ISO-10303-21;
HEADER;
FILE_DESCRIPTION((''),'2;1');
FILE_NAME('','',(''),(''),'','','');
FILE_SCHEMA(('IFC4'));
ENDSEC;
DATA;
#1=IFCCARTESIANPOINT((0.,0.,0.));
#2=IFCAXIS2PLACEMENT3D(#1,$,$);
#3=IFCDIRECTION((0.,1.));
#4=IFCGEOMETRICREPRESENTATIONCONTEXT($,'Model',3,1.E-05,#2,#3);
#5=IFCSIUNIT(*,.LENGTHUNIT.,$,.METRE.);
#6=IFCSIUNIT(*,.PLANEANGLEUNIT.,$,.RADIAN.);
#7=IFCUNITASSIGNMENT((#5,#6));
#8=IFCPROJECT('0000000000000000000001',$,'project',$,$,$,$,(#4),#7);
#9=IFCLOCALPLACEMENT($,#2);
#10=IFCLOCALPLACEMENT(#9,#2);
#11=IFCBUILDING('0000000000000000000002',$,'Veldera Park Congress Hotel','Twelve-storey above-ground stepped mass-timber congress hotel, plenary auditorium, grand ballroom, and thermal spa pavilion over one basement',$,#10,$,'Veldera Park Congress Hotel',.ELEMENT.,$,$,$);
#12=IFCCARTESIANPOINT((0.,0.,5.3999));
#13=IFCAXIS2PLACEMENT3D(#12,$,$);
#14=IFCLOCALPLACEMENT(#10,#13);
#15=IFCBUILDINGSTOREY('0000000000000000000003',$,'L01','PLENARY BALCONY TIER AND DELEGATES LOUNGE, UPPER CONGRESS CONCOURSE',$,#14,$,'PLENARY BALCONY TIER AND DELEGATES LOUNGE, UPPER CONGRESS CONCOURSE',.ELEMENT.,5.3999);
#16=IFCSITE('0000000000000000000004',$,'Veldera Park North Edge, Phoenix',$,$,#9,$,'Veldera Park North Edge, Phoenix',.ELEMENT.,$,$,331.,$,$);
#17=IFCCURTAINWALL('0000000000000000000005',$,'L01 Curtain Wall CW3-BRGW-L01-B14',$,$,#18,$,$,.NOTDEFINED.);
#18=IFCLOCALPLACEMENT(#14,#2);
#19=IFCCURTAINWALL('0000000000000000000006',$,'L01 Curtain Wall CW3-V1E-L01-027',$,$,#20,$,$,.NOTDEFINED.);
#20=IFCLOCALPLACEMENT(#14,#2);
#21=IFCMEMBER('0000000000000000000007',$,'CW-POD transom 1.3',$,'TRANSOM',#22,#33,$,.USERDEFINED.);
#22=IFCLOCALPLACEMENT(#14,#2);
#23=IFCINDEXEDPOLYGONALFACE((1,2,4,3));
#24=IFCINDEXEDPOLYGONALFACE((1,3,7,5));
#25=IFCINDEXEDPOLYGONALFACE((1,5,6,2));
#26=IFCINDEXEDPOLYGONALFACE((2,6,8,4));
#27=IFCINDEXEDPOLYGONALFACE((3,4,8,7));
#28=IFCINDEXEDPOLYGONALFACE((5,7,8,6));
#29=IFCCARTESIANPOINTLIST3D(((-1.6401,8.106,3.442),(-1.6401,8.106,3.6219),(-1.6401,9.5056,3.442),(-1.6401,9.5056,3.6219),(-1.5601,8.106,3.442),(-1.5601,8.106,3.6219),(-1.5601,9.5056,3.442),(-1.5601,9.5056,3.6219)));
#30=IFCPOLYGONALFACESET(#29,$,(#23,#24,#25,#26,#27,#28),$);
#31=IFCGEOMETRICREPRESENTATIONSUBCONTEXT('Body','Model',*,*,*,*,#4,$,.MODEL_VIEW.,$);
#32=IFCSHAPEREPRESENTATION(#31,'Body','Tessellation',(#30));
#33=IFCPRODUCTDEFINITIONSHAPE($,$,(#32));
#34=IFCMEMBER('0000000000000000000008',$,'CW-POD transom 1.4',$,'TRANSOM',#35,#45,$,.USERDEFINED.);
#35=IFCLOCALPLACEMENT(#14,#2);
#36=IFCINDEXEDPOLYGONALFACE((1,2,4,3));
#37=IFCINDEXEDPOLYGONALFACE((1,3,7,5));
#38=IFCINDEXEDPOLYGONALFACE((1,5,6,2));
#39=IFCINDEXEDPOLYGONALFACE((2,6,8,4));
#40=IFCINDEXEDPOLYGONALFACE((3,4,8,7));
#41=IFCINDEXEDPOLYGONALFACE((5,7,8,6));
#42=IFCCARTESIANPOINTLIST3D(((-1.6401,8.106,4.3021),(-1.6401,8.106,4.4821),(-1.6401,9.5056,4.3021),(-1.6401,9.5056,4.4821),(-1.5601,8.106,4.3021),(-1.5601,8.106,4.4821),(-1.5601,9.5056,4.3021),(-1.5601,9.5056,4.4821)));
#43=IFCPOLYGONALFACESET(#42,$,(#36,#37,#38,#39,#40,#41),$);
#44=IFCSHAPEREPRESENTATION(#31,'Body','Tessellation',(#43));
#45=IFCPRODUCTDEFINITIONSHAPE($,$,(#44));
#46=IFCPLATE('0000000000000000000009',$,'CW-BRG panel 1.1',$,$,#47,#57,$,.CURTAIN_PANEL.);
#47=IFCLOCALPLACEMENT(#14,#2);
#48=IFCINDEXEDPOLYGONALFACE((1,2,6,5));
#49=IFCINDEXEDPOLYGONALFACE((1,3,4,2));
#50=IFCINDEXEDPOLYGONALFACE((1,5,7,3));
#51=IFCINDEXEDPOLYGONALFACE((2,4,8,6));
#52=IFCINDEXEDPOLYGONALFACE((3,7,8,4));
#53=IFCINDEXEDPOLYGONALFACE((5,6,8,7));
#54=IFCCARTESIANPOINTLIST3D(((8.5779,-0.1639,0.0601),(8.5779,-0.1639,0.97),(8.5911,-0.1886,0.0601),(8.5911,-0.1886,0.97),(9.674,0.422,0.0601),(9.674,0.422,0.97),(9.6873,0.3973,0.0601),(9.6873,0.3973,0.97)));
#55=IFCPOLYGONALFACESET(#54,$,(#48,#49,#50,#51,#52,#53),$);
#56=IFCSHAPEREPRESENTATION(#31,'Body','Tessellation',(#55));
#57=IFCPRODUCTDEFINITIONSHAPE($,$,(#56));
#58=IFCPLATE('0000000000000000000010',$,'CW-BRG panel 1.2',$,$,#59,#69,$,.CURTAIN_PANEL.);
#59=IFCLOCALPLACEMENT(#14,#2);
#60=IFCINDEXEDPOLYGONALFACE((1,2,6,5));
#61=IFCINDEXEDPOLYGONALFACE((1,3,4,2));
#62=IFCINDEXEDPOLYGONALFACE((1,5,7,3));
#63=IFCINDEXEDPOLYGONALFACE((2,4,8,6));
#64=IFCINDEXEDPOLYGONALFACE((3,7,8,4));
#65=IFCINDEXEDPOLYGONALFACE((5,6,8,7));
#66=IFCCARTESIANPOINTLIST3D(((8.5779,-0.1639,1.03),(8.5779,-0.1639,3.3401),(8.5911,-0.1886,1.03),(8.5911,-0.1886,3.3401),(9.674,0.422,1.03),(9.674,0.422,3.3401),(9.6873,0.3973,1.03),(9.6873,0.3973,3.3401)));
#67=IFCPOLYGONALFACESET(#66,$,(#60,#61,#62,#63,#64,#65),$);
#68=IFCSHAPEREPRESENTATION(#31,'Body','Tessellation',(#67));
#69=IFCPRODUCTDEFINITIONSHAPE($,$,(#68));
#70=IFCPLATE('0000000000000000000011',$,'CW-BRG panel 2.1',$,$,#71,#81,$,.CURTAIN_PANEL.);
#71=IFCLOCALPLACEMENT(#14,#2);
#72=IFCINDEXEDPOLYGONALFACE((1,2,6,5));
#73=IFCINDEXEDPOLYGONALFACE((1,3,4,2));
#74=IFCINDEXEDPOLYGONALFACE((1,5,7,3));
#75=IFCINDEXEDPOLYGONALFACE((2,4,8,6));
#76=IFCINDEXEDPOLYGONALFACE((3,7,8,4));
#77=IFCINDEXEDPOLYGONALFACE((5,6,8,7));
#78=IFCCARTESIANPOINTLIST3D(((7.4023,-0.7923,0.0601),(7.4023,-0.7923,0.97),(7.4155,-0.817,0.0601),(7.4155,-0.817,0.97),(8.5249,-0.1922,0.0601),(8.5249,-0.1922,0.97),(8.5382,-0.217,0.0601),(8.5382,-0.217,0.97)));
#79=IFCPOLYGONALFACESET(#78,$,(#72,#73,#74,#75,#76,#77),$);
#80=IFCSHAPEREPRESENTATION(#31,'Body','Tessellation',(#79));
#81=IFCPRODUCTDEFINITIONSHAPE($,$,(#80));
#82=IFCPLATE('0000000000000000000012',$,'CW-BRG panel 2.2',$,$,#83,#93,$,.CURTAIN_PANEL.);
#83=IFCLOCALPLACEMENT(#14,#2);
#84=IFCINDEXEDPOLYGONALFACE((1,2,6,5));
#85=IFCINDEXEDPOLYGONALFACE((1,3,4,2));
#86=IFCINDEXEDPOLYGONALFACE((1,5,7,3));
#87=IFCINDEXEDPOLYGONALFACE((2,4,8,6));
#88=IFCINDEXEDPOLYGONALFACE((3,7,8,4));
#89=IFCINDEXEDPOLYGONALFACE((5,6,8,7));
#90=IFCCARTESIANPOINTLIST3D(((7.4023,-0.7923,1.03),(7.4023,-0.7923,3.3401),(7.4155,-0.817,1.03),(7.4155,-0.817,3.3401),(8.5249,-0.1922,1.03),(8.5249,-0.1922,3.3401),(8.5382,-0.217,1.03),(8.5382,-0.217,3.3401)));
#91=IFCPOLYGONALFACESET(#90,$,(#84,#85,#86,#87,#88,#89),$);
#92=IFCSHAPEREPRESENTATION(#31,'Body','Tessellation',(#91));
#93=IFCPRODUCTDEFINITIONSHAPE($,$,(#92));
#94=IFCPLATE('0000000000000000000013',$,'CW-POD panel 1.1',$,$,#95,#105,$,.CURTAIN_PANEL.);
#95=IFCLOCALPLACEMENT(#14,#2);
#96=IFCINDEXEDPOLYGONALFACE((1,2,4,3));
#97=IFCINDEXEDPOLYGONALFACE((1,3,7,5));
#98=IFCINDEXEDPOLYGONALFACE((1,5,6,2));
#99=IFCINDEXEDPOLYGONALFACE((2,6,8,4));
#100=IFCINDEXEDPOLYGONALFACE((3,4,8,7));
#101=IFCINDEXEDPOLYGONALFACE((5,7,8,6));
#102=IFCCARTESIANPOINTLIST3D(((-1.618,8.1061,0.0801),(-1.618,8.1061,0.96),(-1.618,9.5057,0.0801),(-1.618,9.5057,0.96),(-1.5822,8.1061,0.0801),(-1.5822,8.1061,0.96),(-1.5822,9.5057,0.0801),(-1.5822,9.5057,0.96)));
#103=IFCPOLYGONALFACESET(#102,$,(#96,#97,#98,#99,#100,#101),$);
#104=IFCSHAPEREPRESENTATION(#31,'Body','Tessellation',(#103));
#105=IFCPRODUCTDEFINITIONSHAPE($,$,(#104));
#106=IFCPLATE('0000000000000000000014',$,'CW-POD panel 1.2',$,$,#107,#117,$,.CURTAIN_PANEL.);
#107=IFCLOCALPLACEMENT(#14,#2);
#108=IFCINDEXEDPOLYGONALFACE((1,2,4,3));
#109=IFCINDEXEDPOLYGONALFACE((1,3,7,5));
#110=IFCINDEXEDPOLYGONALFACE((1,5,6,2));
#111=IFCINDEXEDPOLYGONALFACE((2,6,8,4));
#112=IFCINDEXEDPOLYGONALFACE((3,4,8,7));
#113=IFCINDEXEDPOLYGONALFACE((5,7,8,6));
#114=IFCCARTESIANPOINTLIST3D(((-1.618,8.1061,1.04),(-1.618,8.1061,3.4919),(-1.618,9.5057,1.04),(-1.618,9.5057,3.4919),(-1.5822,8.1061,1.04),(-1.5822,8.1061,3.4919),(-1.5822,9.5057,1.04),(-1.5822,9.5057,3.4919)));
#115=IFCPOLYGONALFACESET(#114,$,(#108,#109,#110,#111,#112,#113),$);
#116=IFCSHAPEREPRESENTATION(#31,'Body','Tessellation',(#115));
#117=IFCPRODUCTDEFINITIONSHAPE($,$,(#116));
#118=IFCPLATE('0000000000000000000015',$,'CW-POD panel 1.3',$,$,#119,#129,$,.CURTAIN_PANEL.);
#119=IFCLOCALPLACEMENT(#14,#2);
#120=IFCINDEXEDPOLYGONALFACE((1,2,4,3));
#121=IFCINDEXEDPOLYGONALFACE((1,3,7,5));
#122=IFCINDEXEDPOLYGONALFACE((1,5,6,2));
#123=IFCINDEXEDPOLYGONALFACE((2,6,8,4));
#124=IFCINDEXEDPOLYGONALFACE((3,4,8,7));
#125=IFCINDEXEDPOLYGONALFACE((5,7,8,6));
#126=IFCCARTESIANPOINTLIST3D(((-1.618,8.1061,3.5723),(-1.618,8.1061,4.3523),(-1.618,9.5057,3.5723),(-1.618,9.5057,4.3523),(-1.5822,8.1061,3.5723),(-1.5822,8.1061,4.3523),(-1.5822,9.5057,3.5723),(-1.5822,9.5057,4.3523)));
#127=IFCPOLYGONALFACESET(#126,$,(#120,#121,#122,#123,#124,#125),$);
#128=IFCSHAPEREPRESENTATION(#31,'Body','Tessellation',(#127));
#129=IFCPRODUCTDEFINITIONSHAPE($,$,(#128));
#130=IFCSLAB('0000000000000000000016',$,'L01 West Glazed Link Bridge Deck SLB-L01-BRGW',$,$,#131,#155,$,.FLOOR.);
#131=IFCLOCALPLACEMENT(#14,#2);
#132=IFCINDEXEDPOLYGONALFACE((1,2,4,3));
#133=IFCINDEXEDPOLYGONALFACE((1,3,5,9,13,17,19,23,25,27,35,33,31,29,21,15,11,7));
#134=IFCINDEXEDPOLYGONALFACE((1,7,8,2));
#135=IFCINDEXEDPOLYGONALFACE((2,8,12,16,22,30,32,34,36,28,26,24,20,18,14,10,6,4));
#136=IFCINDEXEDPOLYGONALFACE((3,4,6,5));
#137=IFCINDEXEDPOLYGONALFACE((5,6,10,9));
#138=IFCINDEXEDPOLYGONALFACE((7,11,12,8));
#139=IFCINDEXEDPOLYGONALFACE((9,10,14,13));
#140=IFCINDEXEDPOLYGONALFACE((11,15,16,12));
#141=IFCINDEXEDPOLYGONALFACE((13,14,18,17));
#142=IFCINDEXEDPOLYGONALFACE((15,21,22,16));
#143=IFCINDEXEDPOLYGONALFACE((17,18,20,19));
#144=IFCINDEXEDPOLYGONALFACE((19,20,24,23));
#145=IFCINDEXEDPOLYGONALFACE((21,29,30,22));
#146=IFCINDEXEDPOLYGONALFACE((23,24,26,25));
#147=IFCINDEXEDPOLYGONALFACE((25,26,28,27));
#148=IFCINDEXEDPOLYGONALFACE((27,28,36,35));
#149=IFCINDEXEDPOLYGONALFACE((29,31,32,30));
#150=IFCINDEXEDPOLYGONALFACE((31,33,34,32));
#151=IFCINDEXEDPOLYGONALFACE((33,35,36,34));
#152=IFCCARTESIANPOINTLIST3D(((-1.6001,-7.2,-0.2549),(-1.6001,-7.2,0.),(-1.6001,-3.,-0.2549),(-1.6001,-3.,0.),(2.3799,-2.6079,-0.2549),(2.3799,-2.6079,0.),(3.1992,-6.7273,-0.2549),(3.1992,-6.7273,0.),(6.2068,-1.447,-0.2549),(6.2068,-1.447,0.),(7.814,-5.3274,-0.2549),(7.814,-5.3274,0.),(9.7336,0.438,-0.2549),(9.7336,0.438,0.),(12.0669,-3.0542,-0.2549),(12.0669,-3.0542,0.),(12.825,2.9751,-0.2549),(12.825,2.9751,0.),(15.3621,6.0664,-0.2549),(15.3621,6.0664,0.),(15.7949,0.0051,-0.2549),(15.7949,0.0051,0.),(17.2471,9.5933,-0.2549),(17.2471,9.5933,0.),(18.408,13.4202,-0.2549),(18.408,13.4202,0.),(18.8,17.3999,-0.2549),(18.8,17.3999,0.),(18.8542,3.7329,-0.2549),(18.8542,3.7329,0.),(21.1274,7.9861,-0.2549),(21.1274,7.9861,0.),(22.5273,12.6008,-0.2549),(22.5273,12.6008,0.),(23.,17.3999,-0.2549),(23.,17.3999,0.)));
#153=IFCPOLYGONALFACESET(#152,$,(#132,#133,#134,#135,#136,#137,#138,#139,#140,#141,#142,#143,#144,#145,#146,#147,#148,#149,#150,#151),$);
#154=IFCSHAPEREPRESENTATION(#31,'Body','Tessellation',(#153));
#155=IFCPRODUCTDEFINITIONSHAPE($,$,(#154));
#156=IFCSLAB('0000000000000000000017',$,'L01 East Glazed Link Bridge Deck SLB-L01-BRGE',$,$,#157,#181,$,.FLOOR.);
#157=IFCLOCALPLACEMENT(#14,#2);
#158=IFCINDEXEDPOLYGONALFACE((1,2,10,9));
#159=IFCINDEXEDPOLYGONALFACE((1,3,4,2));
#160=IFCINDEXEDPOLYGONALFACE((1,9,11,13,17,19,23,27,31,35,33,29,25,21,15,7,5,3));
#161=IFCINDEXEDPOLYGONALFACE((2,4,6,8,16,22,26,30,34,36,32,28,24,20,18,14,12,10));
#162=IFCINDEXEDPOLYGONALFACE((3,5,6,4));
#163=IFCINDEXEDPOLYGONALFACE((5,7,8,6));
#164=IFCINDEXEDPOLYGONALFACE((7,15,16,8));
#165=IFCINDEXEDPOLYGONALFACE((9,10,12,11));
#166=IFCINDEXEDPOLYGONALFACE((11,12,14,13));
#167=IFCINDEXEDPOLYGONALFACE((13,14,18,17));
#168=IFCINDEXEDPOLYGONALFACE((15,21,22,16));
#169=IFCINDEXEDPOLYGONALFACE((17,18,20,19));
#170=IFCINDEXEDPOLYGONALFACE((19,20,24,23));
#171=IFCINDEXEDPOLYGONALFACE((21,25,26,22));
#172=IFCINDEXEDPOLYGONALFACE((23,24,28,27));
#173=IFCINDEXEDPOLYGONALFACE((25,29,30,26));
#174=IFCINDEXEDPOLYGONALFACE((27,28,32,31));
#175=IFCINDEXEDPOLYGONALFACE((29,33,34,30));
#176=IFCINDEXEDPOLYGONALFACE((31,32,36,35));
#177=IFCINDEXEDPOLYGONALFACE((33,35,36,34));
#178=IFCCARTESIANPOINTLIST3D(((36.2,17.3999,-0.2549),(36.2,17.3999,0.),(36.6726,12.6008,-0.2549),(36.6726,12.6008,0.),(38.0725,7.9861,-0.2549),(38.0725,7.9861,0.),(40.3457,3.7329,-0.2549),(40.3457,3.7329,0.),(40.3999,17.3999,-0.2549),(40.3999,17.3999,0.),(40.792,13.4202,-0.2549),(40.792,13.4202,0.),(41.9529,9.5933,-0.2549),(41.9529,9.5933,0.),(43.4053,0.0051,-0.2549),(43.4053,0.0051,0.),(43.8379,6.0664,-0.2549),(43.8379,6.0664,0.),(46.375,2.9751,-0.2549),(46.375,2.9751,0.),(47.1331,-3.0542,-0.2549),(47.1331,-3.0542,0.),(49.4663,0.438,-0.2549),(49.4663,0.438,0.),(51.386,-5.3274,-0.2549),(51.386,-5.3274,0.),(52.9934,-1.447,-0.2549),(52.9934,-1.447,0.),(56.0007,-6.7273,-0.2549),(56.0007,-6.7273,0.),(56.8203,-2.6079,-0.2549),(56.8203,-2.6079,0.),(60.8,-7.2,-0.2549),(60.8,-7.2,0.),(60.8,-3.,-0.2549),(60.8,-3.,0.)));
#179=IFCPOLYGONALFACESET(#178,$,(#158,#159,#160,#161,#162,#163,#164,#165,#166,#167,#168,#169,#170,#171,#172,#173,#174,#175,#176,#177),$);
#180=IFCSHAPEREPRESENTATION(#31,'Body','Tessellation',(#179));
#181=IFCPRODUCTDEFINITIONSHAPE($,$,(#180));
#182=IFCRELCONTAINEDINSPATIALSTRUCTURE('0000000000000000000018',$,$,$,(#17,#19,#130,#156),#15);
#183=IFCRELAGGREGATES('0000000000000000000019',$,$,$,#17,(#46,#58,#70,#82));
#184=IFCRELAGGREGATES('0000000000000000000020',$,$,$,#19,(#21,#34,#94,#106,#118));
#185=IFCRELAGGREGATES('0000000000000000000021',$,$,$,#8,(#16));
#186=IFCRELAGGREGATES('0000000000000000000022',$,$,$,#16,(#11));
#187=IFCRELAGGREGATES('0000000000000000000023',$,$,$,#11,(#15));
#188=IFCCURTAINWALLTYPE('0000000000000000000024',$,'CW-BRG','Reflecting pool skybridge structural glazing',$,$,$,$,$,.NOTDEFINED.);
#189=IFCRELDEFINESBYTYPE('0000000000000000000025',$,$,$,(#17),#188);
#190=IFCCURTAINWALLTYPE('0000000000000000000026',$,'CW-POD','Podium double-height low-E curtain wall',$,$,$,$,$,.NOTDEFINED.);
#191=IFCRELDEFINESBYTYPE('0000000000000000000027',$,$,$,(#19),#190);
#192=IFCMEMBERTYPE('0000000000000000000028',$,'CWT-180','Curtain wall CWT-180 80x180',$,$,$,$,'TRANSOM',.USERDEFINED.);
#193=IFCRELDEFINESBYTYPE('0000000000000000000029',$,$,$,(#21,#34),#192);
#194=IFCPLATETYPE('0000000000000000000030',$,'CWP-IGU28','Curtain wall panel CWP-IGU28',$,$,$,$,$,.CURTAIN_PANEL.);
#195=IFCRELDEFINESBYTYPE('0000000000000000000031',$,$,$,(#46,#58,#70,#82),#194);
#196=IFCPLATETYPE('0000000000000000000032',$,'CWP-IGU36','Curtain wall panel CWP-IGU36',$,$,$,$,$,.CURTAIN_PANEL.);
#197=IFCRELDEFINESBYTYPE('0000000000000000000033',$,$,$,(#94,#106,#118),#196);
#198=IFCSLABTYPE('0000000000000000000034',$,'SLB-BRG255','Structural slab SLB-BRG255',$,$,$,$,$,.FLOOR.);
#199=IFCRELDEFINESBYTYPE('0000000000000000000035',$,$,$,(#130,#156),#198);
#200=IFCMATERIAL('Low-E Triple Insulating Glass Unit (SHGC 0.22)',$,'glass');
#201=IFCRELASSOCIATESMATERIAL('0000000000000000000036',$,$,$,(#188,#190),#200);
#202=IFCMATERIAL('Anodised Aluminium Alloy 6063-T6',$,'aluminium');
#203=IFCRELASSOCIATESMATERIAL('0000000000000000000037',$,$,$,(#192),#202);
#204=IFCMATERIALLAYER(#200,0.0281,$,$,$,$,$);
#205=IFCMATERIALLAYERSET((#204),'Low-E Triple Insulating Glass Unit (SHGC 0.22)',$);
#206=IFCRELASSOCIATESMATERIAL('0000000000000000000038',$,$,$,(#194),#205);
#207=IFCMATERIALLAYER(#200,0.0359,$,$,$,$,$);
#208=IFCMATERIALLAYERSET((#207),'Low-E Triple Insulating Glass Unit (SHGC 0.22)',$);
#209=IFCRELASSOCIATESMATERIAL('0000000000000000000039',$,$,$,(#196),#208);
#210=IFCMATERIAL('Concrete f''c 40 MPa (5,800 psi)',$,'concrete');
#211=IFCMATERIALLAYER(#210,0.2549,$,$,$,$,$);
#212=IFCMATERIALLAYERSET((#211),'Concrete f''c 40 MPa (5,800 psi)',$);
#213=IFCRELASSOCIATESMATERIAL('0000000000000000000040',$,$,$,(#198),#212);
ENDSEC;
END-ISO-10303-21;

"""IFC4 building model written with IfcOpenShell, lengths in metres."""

from ifc_helpers import new_model, si_unit, direction, frame, origin, origin_2d, place, context, subcontext, project, spatial, polyline, rectangle, outline, extrude, material, layer, layer_set, material_profile, profile_set, type_object, element, aggregate, save


model = new_model("IFC4")

# Units and contexts
model_context = context("Model", 3, precision=1e-05, world=origin(), true_north=direction((0.0, 1.0)))
body_context = subcontext(model_context, "Body", "Model", "MODEL_VIEW")
ifc_project = project(units=[si_unit("LENGTHUNIT", "METRE"), si_unit("PLANEANGLEUNIT", "RADIAN")], contexts=[model_context])

# Site, building, storey
site_placement = place(None, origin())
site = spatial("IfcSite", under=ifc_project, at=site_placement, Name="Veldera Park North Edge, Phoenix", LongName="Veldera Park North Edge, Phoenix", CompositionType="ELEMENT", RefElevation=331.0)
building_placement = place(site_placement, origin())
building = spatial("IfcBuilding", under=site, at=building_placement, Name="Veldera Park Congress Hotel", Description="Twelve-storey above-ground stepped mass-timber congress hotel, plenary auditorium, grand ballroom, and thermal spa pavilion over one basement", LongName="Veldera Park Congress Hotel", CompositionType="ELEMENT")
storey_placement = place(building_placement, frame((0.0, 0.0, 5.3999)))
storey = spatial("IfcBuildingStorey", under=building, at=storey_placement, Name="L01", Description="PLENARY BALCONY TIER AND DELEGATES LOUNGE, UPPER CONGRESS CONCOURSE", LongName="PLENARY BALCONY TIER AND DELEGATES LOUNGE, UPPER CONGRESS CONCOURSE", CompositionType="ELEMENT", Elevation=5.3999)

# Curtain wall
ifc_material_1 = material(Name="Low-E Triple Insulating Glass Unit (SHGC 0.22)", Category="glass")
curtain_wall_type_1 = type_object("IfcCurtainWallType", Name="CW-BRG", Description="Reflecting pool skybridge structural glazing", PredefinedType="NOTDEFINED", material=ifc_material_1)
curtain_wall_1_placement = place(storey_placement, origin())
curtain_wall_1 = element("IfcCurtainWall", 1, at=curtain_wall_1_placement, inside=storey, type_object=curtain_wall_type_1, Name="L01 Curtain Wall CW3-BRGW-L01-B14", PredefinedType="NOTDEFINED")
ifc_material_2 = material(Name="Anodised Aluminium Alloy 6063-T6", Category="aluminium")

# Shared definitions
curtain_wall_type_2 = type_object("IfcCurtainWallType", Name="CW-POD", Description="Podium double-height low-E curtain wall", PredefinedType="NOTDEFINED", material=ifc_material_1)

# Curtain wall
curtain_wall_2_placement = place(storey_placement, origin())
curtain_wall_2 = element("IfcCurtainWall", 2, at=curtain_wall_2_placement, inside=storey, type_object=curtain_wall_type_2, Name="L01 Curtain Wall CW3-V1E-L01-027", PredefinedType="NOTDEFINED")

# Members
ifc_material_profile_1 = material_profile(ifc_material_2, rectangle(XDim=0.0801, YDim=0.1799, at=origin_2d()), Name="ALU 80x180")
ifc_profile_set_1 = profile_set([ifc_material_profile_1], Name="Anodised Aluminium Alloy 6063-T6")
member_type_1 = type_object("IfcMemberType", Name="CWT-180", Description="Curtain wall CWT-180 80x180", ElementType="TRANSOM", PredefinedType="USERDEFINED", material=ifc_profile_set_1)
member_1_placement = place(storey_placement, frame((-1.6001, 8.106, 3.532), z_axis=(0.0, 1.0, 0.0), x_axis=(-1.0, 0.0, 0.0)))
member_1 = element("IfcMember", 3, at=member_1_placement, type_object=member_type_1, Name="CW-POD transom 1.3", ObjectType="TRANSOM", PredefinedType="USERDEFINED", context=body_context, shape_type="SweptSolid", body=[
    extrude(rectangle(XDim=0.0801, YDim=0.1799, at=origin_2d()), origin(), (0.0, 0.0, 1.0), 1.3997),
])
member_2_placement = place(storey_placement, frame((-1.6001, 8.106, 4.3921), z_axis=(0.0, 1.0, 0.0), x_axis=(-1.0, 0.0, 0.0)))
member_2 = element("IfcMember", 4, at=member_2_placement, type_object=member_type_1, Name="CW-POD transom 1.4", ObjectType="TRANSOM", PredefinedType="USERDEFINED", context=body_context, shape_type="SweptSolid", body=[
    extrude(rectangle(XDim=0.0801, YDim=0.1799, at=origin_2d()), origin(), (0.0, 0.0, 1.0), 1.3997),
])

# Plates
ifc_layer_1 = layer(ifc_material_1, 0.0281)
ifc_layer_set_1 = layer_set([ifc_layer_1], Name="Low-E Triple Insulating Glass Unit (SHGC 0.22)")
plate_type_1 = type_object("IfcPlateType", Name="CWP-IGU28", Description="Curtain wall panel CWP-IGU28", PredefinedType="CURTAIN_PANEL", material=ifc_layer_set_1)
plate_1_placement = place(storey_placement, frame((9.1326, 0.1167, 0.0601), z_axis=(0.0, 0.0, 1.0), x_axis=(-0.881928, -0.471384, 0.0)))
plate_1 = element("IfcPlate", 5, at=plate_1_placement, type_object=plate_type_1, Name="CW-BRG panel 1.1", PredefinedType="CURTAIN_PANEL", context=body_context, shape_type="SweptSolid", body=[
    extrude(rectangle(XDim=1.2429, YDim=0.0281, at=origin_2d()), origin(), (0.0, 0.0, 1.0), 0.9099),
])
plate_2_placement = place(storey_placement, frame((9.1326, 0.1167, 1.03), z_axis=(0.0, 0.0, 1.0), x_axis=(-0.881928, -0.471384, 0.0)))
plate_2 = element("IfcPlate", 6, at=plate_2_placement, type_object=plate_type_1, Name="CW-BRG panel 1.2", PredefinedType="CURTAIN_PANEL", context=body_context, shape_type="SweptSolid", body=[
    extrude(rectangle(XDim=1.2429, YDim=0.0281, at=origin_2d()), origin(), (0.0, 0.0, 1.0), 2.3101),
])
plate_3_placement = place(storey_placement, frame((7.9702, -0.5046, 0.0601), z_axis=(0.0, 0.0, 1.0), x_axis=(-0.881928, -0.471384, 0.0)))
plate_3 = element("IfcPlate", 7, at=plate_3_placement, type_object=plate_type_1, Name="CW-BRG panel 2.1", PredefinedType="CURTAIN_PANEL", context=body_context, shape_type="SweptSolid", body=[
    extrude(rectangle(XDim=1.2729, YDim=0.0281, at=origin_2d()), origin(), (0.0, 0.0, 1.0), 0.9099),
])
plate_4_placement = place(storey_placement, frame((7.9702, -0.5046, 1.03), z_axis=(0.0, 0.0, 1.0), x_axis=(-0.881928, -0.471384, 0.0)))
plate_4 = element("IfcPlate", 8, at=plate_4_placement, type_object=plate_type_1, Name="CW-BRG panel 2.2", PredefinedType="CURTAIN_PANEL", context=body_context, shape_type="SweptSolid", body=[
    extrude(rectangle(XDim=1.2729, YDim=0.0281, at=origin_2d()), origin(), (0.0, 0.0, 1.0), 2.3101),
])
aggregate(curtain_wall_1, [plate_1, plate_2, plate_3, plate_4])
ifc_layer_2 = layer(ifc_material_1, 0.0359)
ifc_layer_set_2 = layer_set([ifc_layer_2], Name="Low-E Triple Insulating Glass Unit (SHGC 0.22)")
plate_type_2 = type_object("IfcPlateType", Name="CWP-IGU36", Description="Curtain wall panel CWP-IGU36", PredefinedType="CURTAIN_PANEL", material=ifc_layer_set_2)
plate_5_placement = place(storey_placement, frame((-1.6001, 8.8059, 0.0801), z_axis=(0.0, 0.0, 1.0), x_axis=(0.0, 1.0, 0.0)))
plate_5 = element("IfcPlate", 9, at=plate_5_placement, type_object=plate_type_2, Name="CW-POD panel 1.1", PredefinedType="CURTAIN_PANEL", context=body_context, shape_type="SweptSolid", body=[
    extrude(rectangle(XDim=1.3997, YDim=0.0359, at=origin_2d()), origin(), (0.0, 0.0, 1.0), 0.8799),
])
plate_6_placement = place(storey_placement, frame((-1.6001, 8.8059, 1.04), z_axis=(0.0, 0.0, 1.0), x_axis=(0.0, 1.0, 0.0)))
plate_6 = element("IfcPlate", 10, at=plate_6_placement, type_object=plate_type_2, Name="CW-POD panel 1.2", PredefinedType="CURTAIN_PANEL", context=body_context, shape_type="SweptSolid", body=[
    extrude(rectangle(XDim=1.3997, YDim=0.0359, at=origin_2d()), origin(), (0.0, 0.0, 1.0), 2.4519),
])
plate_7_placement = place(storey_placement, frame((-1.6001, 8.8059, 3.5723), z_axis=(0.0, 0.0, 1.0), x_axis=(0.0, 1.0, 0.0)))
plate_7 = element("IfcPlate", 11, at=plate_7_placement, type_object=plate_type_2, Name="CW-POD panel 1.3", PredefinedType="CURTAIN_PANEL", context=body_context, shape_type="SweptSolid", body=[
    extrude(rectangle(XDim=1.3997, YDim=0.0359, at=origin_2d()), origin(), (0.0, 0.0, 1.0), 0.78),
])
aggregate(curtain_wall_2, [member_1, member_2, plate_5, plate_6, plate_7])

# Slabs
ifc_material_3 = material(Name="Concrete f'c 40 MPa (5,800 psi)", Category="concrete")
ifc_layer_3 = layer(ifc_material_3, 0.2549)
ifc_layer_set_3 = layer_set([ifc_layer_3], Name="Concrete f'c 40 MPa (5,800 psi)")
slab_type_1 = type_object("IfcSlabType", Name="SLB-BRG255", Description="Structural slab SLB-BRG255", PredefinedType="FLOOR", material=ifc_layer_set_3)
slab_1_placement = place(storey_placement, frame((0.0, 0.0, -0.2549)))
element("IfcSlab", 12, at=slab_1_placement, inside=storey, type_object=slab_type_1, Name="L01 West Glazed Link Bridge Deck SLB-L01-BRGW", PredefinedType="FLOOR", context=body_context, shape_type="SweptSolid", body=[
    extrude(outline(polyline([(-1.6001, -7.2), (3.1992, -6.7273), (7.814, -5.3274), (12.0669, -3.0542), (15.7949, 0.0051), (18.8542, 3.7329), (21.1274, 7.9861), (22.5273, 12.6008), (23.0, 17.3999), (18.8, 17.3999), (18.408, 13.4202), (17.2471, 9.5933), (15.3621, 6.0664), (12.825, 2.9751), (9.7336, 0.438), (6.2068, -1.447), (2.3799, -2.6079), (-1.6001, -3.0), (-1.6001, -7.2)])), origin(), (0.0, 0.0, 1.0), 0.2549),
])
slab_2_placement = place(storey_placement, frame((0.0, 0.0, -0.2549)))
element("IfcSlab", 13, at=slab_2_placement, inside=storey, type_object=slab_type_1, Name="L01 East Glazed Link Bridge Deck SLB-L01-BRGE", PredefinedType="FLOOR", context=body_context, shape_type="SweptSolid", body=[
    extrude(outline(polyline([(36.2, 17.3999), (36.6726, 12.6008), (38.0725, 7.9861), (40.3457, 3.7329), (43.4053, 0.0051), (47.1331, -3.0542), (51.386, -5.3274), (56.0007, -6.7273), (60.8, -7.2), (60.8, -3.0), (56.8203, -2.6079), (52.9934, -1.447), (49.4663, 0.438), (46.375, 2.9751), (43.8379, 6.0664), (41.9529, 9.5933), (40.792, 13.4202), (40.3999, 17.3999), (36.2, 17.3999)])), origin(), (0.0, 0.0, 1.0), 0.2549),
])

save(model, "model.ifc")
